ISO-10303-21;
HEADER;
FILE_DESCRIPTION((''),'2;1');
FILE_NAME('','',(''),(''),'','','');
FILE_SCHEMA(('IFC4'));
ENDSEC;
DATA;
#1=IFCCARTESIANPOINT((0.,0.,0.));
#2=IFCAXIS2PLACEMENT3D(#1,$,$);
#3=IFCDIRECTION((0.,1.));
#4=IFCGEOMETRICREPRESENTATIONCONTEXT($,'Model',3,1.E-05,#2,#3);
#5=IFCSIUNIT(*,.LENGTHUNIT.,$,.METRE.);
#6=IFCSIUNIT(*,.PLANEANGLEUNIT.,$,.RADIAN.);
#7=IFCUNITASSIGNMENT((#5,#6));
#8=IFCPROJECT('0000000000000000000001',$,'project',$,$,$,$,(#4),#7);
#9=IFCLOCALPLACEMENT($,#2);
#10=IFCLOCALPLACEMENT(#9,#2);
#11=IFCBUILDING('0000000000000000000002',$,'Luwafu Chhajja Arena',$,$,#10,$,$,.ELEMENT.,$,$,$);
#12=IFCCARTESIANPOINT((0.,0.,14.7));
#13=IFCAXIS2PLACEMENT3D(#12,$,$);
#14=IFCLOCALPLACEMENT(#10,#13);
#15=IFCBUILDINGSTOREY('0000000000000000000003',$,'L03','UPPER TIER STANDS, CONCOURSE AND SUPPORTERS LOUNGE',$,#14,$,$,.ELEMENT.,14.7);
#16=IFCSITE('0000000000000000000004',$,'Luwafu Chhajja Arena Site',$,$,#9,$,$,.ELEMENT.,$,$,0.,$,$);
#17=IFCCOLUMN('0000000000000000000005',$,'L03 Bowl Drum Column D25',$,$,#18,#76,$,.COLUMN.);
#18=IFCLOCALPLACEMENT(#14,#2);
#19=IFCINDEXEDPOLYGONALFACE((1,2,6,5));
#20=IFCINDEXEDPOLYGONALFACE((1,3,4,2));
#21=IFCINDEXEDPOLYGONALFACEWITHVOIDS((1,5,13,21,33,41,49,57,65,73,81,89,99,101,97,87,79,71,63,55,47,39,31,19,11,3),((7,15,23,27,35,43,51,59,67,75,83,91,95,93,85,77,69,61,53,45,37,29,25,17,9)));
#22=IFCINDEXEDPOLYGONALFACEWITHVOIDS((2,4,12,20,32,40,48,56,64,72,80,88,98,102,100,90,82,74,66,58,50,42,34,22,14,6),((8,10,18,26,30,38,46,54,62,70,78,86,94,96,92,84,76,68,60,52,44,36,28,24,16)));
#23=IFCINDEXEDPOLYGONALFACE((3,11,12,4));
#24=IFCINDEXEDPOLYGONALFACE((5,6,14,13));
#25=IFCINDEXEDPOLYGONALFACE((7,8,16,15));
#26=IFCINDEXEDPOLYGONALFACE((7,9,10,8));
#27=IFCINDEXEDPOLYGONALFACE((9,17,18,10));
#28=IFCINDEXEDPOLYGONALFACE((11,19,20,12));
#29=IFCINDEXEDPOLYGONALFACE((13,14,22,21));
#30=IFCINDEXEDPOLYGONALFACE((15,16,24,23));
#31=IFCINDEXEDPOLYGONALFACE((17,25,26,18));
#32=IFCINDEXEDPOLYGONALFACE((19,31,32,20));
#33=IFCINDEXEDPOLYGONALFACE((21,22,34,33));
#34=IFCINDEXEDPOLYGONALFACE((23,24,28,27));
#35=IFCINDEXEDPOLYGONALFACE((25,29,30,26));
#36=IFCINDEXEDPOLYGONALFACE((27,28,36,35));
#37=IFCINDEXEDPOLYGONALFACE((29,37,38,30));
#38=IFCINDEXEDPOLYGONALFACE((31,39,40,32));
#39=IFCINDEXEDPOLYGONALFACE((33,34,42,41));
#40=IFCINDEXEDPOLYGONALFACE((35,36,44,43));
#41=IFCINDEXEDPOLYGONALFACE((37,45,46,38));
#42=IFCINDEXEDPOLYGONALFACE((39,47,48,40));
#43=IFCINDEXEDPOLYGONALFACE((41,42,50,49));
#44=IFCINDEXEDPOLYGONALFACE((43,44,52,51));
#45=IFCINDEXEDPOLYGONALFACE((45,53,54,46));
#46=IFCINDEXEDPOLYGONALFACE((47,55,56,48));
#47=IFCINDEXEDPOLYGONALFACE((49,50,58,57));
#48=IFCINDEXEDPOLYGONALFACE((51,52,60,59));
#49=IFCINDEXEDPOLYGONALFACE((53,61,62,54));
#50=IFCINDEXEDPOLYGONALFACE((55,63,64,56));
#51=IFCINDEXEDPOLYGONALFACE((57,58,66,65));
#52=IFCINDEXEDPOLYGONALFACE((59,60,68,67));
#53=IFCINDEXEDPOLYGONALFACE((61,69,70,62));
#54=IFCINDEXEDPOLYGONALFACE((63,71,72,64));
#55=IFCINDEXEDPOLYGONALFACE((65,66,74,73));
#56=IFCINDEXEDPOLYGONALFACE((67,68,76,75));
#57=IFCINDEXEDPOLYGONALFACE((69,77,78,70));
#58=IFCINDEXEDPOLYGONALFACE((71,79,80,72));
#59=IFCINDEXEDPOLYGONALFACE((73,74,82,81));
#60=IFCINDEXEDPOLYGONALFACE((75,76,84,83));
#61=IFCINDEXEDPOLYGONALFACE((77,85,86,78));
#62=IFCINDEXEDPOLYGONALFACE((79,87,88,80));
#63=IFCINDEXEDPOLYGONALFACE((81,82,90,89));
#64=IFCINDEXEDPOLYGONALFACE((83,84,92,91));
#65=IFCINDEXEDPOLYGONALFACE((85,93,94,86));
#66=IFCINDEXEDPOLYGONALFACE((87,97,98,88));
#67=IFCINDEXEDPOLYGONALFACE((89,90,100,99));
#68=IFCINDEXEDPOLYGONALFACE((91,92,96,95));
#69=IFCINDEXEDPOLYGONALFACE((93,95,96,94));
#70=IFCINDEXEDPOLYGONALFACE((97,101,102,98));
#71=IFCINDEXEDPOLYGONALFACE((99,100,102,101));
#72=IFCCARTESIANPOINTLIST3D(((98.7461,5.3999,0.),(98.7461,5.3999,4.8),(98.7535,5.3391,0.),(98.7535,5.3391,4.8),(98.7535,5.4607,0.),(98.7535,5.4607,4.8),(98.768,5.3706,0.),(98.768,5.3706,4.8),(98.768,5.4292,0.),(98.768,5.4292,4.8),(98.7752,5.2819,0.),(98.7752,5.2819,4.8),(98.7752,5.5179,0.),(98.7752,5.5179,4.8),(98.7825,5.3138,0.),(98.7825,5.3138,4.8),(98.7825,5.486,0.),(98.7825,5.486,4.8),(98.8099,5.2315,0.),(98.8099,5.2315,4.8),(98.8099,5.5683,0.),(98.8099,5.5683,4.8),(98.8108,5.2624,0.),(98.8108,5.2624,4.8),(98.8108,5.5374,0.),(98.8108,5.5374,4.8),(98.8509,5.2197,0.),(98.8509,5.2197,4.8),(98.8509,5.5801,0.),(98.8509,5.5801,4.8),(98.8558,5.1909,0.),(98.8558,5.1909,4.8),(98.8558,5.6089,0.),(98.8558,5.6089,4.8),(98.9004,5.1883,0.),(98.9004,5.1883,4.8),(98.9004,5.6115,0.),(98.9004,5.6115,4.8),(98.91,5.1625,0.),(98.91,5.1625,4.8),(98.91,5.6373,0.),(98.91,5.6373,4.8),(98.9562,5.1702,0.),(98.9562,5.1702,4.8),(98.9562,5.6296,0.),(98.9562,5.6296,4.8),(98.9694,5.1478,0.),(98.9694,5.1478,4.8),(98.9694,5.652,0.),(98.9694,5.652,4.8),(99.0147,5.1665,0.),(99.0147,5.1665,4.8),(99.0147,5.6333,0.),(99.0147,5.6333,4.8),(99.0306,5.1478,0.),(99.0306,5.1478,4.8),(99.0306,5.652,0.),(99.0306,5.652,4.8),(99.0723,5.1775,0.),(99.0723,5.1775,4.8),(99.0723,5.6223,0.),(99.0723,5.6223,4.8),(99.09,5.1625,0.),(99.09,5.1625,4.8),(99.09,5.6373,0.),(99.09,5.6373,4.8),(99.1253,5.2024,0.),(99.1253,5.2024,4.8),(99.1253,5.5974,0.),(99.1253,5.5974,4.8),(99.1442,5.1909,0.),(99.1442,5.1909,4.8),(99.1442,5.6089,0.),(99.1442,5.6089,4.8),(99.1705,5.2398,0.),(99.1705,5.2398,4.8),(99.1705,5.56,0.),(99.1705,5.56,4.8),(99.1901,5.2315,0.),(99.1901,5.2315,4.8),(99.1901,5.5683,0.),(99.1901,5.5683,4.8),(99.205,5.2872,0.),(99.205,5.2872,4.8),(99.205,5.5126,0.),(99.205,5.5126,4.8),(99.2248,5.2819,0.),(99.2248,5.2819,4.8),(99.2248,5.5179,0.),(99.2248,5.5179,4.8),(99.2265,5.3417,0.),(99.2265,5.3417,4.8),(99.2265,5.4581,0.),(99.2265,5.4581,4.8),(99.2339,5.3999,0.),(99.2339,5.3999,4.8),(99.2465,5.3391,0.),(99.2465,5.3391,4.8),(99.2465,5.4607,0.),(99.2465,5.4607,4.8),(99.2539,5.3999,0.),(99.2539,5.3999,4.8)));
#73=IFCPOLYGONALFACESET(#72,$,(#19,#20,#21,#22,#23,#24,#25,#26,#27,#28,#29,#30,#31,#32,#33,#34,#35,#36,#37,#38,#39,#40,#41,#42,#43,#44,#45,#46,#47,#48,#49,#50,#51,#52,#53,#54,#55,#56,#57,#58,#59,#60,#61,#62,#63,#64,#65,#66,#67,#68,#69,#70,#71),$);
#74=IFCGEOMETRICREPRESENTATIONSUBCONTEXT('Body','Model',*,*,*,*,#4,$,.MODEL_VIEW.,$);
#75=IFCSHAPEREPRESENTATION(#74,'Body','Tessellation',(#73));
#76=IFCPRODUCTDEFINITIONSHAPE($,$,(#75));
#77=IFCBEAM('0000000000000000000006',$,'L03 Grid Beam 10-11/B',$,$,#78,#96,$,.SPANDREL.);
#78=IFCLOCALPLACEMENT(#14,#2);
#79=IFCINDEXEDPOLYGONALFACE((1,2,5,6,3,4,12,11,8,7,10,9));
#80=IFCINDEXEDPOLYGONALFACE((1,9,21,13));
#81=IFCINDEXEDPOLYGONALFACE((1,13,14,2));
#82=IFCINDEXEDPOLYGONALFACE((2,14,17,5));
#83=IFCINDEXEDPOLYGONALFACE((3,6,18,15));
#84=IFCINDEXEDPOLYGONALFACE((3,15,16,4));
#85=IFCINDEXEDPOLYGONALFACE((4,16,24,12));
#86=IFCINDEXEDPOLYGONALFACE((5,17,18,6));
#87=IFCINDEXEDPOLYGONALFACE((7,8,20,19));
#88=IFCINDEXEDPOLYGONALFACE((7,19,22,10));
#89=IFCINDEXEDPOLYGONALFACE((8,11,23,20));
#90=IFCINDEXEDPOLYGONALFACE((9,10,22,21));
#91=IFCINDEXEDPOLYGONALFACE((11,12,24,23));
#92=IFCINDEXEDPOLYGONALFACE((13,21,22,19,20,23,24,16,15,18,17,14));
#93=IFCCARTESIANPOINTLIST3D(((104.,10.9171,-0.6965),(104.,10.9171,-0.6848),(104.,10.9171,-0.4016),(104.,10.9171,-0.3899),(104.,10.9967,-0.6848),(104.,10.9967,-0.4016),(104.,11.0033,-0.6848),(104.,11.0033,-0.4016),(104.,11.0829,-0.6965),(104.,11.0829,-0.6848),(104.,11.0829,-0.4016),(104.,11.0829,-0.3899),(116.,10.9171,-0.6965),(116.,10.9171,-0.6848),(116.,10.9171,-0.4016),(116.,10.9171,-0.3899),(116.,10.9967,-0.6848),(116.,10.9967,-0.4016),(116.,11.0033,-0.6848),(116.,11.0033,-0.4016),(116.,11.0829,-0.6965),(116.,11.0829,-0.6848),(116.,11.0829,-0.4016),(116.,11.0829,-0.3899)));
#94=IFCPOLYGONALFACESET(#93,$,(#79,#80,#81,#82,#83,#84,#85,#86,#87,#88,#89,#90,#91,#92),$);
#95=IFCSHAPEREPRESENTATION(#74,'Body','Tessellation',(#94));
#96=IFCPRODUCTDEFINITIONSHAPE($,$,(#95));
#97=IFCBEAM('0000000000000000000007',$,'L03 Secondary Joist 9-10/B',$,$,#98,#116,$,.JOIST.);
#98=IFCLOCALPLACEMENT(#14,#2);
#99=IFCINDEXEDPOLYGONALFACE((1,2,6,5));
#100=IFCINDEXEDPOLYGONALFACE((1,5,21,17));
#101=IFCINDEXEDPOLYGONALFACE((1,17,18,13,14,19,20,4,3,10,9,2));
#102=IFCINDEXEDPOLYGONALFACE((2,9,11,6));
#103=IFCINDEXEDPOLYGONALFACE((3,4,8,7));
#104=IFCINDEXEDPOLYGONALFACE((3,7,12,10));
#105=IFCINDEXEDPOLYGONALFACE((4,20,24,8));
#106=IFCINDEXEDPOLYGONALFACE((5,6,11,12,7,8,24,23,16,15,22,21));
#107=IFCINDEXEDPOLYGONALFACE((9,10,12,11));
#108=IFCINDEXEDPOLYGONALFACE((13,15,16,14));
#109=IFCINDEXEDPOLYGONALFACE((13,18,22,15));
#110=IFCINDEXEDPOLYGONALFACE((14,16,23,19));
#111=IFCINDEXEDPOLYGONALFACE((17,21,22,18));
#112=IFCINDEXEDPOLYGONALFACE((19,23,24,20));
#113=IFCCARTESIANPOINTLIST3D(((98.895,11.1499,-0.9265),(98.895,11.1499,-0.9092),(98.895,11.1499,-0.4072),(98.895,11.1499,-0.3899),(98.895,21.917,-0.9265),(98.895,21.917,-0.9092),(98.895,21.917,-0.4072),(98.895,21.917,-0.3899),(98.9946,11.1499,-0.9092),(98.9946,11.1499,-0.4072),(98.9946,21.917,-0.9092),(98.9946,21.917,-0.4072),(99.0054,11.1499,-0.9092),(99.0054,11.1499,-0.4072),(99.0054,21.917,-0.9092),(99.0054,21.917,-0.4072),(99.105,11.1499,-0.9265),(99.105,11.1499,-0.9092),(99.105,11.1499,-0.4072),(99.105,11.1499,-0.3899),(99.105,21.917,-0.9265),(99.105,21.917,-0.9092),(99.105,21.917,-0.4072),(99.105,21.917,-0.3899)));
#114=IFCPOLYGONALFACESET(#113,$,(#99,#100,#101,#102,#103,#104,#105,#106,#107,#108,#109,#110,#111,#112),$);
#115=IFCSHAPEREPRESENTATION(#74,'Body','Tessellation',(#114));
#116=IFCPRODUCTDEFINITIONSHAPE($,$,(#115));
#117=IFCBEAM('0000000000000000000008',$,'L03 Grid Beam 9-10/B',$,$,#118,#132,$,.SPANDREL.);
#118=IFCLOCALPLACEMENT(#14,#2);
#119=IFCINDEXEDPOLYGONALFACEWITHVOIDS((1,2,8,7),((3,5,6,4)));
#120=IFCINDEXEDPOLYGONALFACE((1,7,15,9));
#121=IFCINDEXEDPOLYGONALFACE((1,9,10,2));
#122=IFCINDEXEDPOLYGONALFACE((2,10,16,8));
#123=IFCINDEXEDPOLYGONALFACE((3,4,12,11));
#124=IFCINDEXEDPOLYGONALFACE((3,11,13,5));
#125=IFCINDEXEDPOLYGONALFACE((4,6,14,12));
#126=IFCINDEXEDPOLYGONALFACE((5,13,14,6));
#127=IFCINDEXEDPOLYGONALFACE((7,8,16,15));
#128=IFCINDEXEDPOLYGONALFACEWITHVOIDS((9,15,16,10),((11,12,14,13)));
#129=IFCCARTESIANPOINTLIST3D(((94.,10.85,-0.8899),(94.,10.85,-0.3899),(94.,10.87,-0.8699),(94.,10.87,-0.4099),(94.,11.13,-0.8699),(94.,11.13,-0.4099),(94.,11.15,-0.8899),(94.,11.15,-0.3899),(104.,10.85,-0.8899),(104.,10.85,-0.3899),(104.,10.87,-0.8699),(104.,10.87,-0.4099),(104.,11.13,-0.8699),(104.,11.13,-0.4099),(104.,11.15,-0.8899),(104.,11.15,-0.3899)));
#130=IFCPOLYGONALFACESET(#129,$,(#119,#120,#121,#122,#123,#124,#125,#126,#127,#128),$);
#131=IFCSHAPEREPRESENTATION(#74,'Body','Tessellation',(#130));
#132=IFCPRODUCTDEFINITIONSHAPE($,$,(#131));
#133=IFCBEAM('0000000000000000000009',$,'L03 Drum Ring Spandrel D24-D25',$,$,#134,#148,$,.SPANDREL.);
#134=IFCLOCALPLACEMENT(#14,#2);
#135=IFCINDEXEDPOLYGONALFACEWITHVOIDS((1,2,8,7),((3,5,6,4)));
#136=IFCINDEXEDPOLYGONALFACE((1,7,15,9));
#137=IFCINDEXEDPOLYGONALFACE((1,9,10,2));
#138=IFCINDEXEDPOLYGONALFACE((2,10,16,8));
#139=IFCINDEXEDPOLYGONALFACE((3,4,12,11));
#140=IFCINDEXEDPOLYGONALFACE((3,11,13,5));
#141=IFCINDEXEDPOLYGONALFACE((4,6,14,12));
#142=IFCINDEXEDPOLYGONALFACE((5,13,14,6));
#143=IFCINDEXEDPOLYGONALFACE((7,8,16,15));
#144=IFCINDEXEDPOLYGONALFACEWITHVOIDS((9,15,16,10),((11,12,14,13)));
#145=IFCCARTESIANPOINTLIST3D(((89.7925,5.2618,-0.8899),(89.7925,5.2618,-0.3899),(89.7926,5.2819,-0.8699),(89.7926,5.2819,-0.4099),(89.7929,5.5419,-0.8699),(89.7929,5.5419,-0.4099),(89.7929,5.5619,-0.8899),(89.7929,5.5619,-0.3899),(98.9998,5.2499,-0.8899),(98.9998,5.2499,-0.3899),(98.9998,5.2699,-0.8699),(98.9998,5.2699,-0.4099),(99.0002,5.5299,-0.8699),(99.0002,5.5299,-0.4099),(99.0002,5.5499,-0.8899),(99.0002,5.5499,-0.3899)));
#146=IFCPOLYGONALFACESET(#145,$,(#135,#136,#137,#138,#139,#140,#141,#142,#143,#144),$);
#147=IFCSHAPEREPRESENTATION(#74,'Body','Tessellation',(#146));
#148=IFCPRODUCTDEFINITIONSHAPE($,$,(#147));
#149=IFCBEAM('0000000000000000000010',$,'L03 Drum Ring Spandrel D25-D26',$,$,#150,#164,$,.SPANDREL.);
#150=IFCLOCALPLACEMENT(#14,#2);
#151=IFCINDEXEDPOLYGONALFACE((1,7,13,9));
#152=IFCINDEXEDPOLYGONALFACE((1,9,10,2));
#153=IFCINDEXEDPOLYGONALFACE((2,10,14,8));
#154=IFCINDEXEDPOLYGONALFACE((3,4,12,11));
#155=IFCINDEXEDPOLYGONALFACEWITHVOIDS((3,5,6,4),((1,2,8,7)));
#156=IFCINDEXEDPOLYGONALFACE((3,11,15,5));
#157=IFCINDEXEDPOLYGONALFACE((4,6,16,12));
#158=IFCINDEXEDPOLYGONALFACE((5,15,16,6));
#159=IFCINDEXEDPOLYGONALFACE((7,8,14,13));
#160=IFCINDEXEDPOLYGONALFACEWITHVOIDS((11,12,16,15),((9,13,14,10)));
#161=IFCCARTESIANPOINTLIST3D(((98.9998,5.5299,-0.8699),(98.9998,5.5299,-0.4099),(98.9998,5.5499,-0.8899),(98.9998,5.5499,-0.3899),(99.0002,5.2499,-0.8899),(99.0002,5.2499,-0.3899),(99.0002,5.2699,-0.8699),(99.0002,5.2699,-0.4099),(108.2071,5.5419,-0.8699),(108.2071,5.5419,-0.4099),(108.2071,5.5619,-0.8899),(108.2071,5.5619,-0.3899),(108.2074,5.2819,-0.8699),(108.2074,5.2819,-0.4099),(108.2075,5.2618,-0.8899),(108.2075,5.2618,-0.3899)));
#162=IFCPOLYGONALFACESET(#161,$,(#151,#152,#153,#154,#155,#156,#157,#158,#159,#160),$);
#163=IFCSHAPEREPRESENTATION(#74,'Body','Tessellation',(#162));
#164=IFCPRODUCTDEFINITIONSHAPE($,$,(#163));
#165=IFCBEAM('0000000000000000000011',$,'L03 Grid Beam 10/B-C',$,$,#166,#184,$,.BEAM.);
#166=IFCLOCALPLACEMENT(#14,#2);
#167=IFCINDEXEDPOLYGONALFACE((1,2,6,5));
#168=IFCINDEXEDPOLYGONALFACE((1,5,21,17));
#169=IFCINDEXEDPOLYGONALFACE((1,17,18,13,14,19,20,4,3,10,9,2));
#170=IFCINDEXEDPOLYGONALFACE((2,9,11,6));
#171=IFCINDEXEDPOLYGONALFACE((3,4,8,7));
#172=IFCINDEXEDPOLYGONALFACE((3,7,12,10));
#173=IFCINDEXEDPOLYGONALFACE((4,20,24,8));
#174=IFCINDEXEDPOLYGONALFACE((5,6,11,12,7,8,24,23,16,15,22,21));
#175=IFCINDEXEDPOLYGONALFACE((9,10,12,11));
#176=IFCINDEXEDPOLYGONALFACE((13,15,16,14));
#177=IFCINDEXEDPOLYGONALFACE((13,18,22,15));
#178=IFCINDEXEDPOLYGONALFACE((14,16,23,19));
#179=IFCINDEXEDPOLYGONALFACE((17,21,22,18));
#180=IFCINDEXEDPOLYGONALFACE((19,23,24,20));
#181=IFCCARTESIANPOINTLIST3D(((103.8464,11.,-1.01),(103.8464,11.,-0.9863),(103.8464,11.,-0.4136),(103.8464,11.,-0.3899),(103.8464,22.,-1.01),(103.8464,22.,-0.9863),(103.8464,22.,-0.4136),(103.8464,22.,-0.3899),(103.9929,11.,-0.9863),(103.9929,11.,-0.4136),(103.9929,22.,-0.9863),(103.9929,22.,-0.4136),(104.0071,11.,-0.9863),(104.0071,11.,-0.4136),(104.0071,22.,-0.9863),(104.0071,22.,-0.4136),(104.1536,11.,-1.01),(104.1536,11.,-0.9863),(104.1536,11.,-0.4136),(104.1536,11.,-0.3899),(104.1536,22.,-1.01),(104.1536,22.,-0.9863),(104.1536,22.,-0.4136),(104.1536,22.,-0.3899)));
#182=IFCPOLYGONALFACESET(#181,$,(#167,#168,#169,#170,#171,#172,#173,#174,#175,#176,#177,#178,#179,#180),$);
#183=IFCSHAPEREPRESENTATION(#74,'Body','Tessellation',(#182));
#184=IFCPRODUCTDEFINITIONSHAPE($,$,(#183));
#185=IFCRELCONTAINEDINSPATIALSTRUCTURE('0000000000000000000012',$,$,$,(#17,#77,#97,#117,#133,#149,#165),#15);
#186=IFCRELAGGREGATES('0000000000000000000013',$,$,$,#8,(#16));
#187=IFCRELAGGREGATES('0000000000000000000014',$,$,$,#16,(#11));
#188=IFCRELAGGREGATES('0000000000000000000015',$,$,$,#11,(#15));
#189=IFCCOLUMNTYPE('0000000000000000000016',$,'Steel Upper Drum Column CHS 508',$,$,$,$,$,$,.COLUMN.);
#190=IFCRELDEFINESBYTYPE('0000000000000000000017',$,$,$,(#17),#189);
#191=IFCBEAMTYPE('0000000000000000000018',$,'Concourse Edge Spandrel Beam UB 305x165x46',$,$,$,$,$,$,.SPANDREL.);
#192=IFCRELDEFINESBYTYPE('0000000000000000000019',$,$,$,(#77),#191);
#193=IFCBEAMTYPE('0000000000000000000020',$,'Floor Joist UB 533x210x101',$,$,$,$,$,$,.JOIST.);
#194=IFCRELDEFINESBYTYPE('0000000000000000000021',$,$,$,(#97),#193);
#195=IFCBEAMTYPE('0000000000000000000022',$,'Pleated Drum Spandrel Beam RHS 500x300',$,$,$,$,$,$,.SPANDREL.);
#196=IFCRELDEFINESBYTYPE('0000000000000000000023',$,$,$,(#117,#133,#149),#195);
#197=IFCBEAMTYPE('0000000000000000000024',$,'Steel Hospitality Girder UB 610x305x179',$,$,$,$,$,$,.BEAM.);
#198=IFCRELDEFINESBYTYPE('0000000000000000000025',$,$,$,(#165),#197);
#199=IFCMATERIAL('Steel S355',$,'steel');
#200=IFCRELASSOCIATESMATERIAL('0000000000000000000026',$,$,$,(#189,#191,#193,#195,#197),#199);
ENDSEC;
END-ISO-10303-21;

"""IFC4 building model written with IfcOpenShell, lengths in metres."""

from ifc_helpers import new_model, si_unit, direction, frame, origin, origin_2d, place, context, subcontext, project, spatial, hollow_rectangle, hollow_circle, i_section, extrude, material, material_profile, profile_set, type_object, element, save


model = new_model("IFC4")

# Units and contexts
model_context = context("Model", 3, precision=1e-05, world=origin(), true_north=direction((0.0, 1.0)))
body_context = subcontext(model_context, "Body", "Model", "MODEL_VIEW")
ifc_project = project(units=[si_unit("LENGTHUNIT", "METRE"), si_unit("PLANEANGLEUNIT", "RADIAN")], contexts=[model_context])

# Site, building, storey
site_placement = place(None, origin())
site = spatial("IfcSite", under=ifc_project, at=site_placement, Name="Luwafu Chhajja Arena Site", CompositionType="ELEMENT", RefElevation=0.0)
building_placement = place(site_placement, origin())
building = spatial("IfcBuilding", under=site, at=building_placement, Name="Luwafu Chhajja Arena", CompositionType="ELEMENT")
storey_placement = place(building_placement, frame((0.0, 0.0, 14.7)))
storey = spatial("IfcBuildingStorey", under=building, at=storey_placement, Name="L03", Description="UPPER TIER STANDS, CONCOURSE AND SUPPORTERS LOUNGE", CompositionType="ELEMENT", Elevation=14.7)

# Column
ifc_material_1 = material(Name="Steel S355", Category="steel")
ifc_material_profile_1 = material_profile(ifc_material_1, hollow_circle(Radius=0.2539, WallThickness=0.02, at=origin_2d()), Name="CHS 508x20")
ifc_profile_set_1 = profile_set([ifc_material_profile_1], Name="Steel S355")
column_type_1 = type_object("IfcColumnType", Name="Steel Upper Drum Column CHS 508", PredefinedType="COLUMN", material=ifc_profile_set_1)
for number, where, z_axis, x_axis, name in (
    (1, (99.0, 5.3999, 0.0), (0.0, 0.0, 1.0), (1.0, 0.0, 0.0), "L03 Bowl Drum Column D25"),
):
    element("IfcColumn", number, at=place(storey_placement, frame(where, z_axis=z_axis, x_axis=x_axis)), inside=storey, type_object=column_type_1, Name=name, PredefinedType="COLUMN", context=body_context, shape_type="SweptSolid", body=[
        extrude(hollow_circle(Radius=0.2539, WallThickness=0.02, at=origin_2d()), origin(), (0.0, 0.0, 1.0), 4.8),
    ])

# Beams
ifc_material_profile_2 = material_profile(ifc_material_1, i_section(OverallWidth=0.1658, OverallDepth=0.3066, WebThickness=0.0066, FlangeThickness=0.0117, at=origin_2d()), Name="UB 305x165x46")
ifc_profile_set_2 = profile_set([ifc_material_profile_2], Name="Steel S355")
beam_type_1 = type_object("IfcBeamType", Name="Concourse Edge Spandrel Beam UB 305x165x46", PredefinedType="SPANDREL", material=ifc_profile_set_2)
beam_1_placement = place(storey_placement, frame((104.0, 11.0, -0.5432), z_axis=(1.0, 0.0, 0.0), x_axis=(0.0, 1.0, 0.0)))
element("IfcBeam", 2, at=beam_1_placement, inside=storey, type_object=beam_type_1, Name="L03 Grid Beam 10-11/B", PredefinedType="SPANDREL", context=body_context, shape_type="SweptSolid", body=[
    extrude(i_section(OverallWidth=0.1658, OverallDepth=0.3066, WebThickness=0.0066, FlangeThickness=0.0117, at=origin_2d()), origin(), (0.0, 0.0, 1.0), 12.0),
])
ifc_material_profile_3 = material_profile(ifc_material_1, i_section(OverallWidth=0.21, OverallDepth=0.5366, WebThickness=0.0107, FlangeThickness=0.0173, at=origin_2d()), Name="UB 533x210x101")
ifc_profile_set_3 = profile_set([ifc_material_profile_3], Name="Steel S355")
beam_type_2 = type_object("IfcBeamType", Name="Floor Joist UB 533x210x101", PredefinedType="JOIST", material=ifc_profile_set_3)
beam_2_placement = place(storey_placement, frame((99.0, 11.1499, -0.6582), z_axis=(0.0, 1.0, 0.0), x_axis=(-1.0, 0.0, 0.0)))
element("IfcBeam", 3, at=beam_2_placement, inside=storey, type_object=beam_type_2, Name="L03 Secondary Joist 9-10/B", PredefinedType="JOIST", context=body_context, shape_type="SweptSolid", body=[
    extrude(i_section(OverallWidth=0.21, OverallDepth=0.5366, WebThickness=0.0107, FlangeThickness=0.0173, at=origin_2d()), origin(), (0.0, 0.0, 1.0), 10.7671),
])
ifc_material_profile_4 = material_profile(ifc_material_1, hollow_rectangle(XDim=0.3, YDim=0.5, WallThickness=0.02, at=origin_2d()), Name="RHS 500x300x20")
ifc_profile_set_4 = profile_set([ifc_material_profile_4], Name="Steel S355")
beam_type_3 = type_object("IfcBeamType", Name="Pleated Drum Spandrel Beam RHS 500x300", PredefinedType="SPANDREL", material=ifc_profile_set_4)
beam_3_placement = place(storey_placement, frame((94.0, 11.0, -0.6399), z_axis=(1.0, 0.0, 0.0), x_axis=(0.0, 1.0, 0.0)))
element("IfcBeam", 4, at=beam_3_placement, inside=storey, type_object=beam_type_3, Name="L03 Grid Beam 9-10/B", PredefinedType="SPANDREL", context=body_context, shape_type="SweptSolid", body=[
    extrude(hollow_rectangle(XDim=0.3, YDim=0.5, WallThickness=0.02, at=origin_2d()), origin(), (0.0, 0.0, 1.0), 10.0),
])
for number, where, z_axis, x_axis, name in (
    (5, (89.7927, 5.4119, -0.6399), (0.999999, -0.001299, 0.0), (0.001299, 0.999999, 0.0), "L03 Drum Ring Spandrel D24-D25"),
    (6, (99.0, 5.3999, -0.6399), (0.999999, 0.001299, 0.0), (-0.001299, 0.999999, 0.0), "L03 Drum Ring Spandrel D25-D26"),
):
    element("IfcBeam", number, at=place(storey_placement, frame(where, z_axis=z_axis, x_axis=x_axis)), inside=storey, type_object=beam_type_3, Name=name, PredefinedType="SPANDREL", context=body_context, shape_type="SweptSolid", body=[
        extrude(hollow_rectangle(XDim=0.3, YDim=0.5, WallThickness=0.02, at=origin_2d()), origin(), (0.0, 0.0, 1.0), 9.2073),
    ])
ifc_material_profile_5 = material_profile(ifc_material_1, i_section(OverallWidth=0.3071, OverallDepth=0.6201, WebThickness=0.0142, FlangeThickness=0.0237, at=origin_2d()), Name="UB 610x305x179")
ifc_profile_set_5 = profile_set([ifc_material_profile_5], Name="Steel S355")
beam_type_4 = type_object("IfcBeamType", Name="Steel Hospitality Girder UB 610x305x179", PredefinedType="BEAM", material=ifc_profile_set_5)
beam_4_placement = place(storey_placement, frame((104.0, 11.0, -0.7), z_axis=(0.0, 1.0, 0.0), x_axis=(-1.0, 0.0, 0.0)))
element("IfcBeam", 7, at=beam_4_placement, inside=storey, type_object=beam_type_4, Name="L03 Grid Beam 10/B-C", PredefinedType="BEAM", context=body_context, shape_type="SweptSolid", body=[
    extrude(i_section(OverallWidth=0.3071, OverallDepth=0.6201, WebThickness=0.0142, FlangeThickness=0.0237, at=origin_2d()), origin(), (0.0, 0.0, 1.0), 11.0),
])

save(model, "model.ifc")
